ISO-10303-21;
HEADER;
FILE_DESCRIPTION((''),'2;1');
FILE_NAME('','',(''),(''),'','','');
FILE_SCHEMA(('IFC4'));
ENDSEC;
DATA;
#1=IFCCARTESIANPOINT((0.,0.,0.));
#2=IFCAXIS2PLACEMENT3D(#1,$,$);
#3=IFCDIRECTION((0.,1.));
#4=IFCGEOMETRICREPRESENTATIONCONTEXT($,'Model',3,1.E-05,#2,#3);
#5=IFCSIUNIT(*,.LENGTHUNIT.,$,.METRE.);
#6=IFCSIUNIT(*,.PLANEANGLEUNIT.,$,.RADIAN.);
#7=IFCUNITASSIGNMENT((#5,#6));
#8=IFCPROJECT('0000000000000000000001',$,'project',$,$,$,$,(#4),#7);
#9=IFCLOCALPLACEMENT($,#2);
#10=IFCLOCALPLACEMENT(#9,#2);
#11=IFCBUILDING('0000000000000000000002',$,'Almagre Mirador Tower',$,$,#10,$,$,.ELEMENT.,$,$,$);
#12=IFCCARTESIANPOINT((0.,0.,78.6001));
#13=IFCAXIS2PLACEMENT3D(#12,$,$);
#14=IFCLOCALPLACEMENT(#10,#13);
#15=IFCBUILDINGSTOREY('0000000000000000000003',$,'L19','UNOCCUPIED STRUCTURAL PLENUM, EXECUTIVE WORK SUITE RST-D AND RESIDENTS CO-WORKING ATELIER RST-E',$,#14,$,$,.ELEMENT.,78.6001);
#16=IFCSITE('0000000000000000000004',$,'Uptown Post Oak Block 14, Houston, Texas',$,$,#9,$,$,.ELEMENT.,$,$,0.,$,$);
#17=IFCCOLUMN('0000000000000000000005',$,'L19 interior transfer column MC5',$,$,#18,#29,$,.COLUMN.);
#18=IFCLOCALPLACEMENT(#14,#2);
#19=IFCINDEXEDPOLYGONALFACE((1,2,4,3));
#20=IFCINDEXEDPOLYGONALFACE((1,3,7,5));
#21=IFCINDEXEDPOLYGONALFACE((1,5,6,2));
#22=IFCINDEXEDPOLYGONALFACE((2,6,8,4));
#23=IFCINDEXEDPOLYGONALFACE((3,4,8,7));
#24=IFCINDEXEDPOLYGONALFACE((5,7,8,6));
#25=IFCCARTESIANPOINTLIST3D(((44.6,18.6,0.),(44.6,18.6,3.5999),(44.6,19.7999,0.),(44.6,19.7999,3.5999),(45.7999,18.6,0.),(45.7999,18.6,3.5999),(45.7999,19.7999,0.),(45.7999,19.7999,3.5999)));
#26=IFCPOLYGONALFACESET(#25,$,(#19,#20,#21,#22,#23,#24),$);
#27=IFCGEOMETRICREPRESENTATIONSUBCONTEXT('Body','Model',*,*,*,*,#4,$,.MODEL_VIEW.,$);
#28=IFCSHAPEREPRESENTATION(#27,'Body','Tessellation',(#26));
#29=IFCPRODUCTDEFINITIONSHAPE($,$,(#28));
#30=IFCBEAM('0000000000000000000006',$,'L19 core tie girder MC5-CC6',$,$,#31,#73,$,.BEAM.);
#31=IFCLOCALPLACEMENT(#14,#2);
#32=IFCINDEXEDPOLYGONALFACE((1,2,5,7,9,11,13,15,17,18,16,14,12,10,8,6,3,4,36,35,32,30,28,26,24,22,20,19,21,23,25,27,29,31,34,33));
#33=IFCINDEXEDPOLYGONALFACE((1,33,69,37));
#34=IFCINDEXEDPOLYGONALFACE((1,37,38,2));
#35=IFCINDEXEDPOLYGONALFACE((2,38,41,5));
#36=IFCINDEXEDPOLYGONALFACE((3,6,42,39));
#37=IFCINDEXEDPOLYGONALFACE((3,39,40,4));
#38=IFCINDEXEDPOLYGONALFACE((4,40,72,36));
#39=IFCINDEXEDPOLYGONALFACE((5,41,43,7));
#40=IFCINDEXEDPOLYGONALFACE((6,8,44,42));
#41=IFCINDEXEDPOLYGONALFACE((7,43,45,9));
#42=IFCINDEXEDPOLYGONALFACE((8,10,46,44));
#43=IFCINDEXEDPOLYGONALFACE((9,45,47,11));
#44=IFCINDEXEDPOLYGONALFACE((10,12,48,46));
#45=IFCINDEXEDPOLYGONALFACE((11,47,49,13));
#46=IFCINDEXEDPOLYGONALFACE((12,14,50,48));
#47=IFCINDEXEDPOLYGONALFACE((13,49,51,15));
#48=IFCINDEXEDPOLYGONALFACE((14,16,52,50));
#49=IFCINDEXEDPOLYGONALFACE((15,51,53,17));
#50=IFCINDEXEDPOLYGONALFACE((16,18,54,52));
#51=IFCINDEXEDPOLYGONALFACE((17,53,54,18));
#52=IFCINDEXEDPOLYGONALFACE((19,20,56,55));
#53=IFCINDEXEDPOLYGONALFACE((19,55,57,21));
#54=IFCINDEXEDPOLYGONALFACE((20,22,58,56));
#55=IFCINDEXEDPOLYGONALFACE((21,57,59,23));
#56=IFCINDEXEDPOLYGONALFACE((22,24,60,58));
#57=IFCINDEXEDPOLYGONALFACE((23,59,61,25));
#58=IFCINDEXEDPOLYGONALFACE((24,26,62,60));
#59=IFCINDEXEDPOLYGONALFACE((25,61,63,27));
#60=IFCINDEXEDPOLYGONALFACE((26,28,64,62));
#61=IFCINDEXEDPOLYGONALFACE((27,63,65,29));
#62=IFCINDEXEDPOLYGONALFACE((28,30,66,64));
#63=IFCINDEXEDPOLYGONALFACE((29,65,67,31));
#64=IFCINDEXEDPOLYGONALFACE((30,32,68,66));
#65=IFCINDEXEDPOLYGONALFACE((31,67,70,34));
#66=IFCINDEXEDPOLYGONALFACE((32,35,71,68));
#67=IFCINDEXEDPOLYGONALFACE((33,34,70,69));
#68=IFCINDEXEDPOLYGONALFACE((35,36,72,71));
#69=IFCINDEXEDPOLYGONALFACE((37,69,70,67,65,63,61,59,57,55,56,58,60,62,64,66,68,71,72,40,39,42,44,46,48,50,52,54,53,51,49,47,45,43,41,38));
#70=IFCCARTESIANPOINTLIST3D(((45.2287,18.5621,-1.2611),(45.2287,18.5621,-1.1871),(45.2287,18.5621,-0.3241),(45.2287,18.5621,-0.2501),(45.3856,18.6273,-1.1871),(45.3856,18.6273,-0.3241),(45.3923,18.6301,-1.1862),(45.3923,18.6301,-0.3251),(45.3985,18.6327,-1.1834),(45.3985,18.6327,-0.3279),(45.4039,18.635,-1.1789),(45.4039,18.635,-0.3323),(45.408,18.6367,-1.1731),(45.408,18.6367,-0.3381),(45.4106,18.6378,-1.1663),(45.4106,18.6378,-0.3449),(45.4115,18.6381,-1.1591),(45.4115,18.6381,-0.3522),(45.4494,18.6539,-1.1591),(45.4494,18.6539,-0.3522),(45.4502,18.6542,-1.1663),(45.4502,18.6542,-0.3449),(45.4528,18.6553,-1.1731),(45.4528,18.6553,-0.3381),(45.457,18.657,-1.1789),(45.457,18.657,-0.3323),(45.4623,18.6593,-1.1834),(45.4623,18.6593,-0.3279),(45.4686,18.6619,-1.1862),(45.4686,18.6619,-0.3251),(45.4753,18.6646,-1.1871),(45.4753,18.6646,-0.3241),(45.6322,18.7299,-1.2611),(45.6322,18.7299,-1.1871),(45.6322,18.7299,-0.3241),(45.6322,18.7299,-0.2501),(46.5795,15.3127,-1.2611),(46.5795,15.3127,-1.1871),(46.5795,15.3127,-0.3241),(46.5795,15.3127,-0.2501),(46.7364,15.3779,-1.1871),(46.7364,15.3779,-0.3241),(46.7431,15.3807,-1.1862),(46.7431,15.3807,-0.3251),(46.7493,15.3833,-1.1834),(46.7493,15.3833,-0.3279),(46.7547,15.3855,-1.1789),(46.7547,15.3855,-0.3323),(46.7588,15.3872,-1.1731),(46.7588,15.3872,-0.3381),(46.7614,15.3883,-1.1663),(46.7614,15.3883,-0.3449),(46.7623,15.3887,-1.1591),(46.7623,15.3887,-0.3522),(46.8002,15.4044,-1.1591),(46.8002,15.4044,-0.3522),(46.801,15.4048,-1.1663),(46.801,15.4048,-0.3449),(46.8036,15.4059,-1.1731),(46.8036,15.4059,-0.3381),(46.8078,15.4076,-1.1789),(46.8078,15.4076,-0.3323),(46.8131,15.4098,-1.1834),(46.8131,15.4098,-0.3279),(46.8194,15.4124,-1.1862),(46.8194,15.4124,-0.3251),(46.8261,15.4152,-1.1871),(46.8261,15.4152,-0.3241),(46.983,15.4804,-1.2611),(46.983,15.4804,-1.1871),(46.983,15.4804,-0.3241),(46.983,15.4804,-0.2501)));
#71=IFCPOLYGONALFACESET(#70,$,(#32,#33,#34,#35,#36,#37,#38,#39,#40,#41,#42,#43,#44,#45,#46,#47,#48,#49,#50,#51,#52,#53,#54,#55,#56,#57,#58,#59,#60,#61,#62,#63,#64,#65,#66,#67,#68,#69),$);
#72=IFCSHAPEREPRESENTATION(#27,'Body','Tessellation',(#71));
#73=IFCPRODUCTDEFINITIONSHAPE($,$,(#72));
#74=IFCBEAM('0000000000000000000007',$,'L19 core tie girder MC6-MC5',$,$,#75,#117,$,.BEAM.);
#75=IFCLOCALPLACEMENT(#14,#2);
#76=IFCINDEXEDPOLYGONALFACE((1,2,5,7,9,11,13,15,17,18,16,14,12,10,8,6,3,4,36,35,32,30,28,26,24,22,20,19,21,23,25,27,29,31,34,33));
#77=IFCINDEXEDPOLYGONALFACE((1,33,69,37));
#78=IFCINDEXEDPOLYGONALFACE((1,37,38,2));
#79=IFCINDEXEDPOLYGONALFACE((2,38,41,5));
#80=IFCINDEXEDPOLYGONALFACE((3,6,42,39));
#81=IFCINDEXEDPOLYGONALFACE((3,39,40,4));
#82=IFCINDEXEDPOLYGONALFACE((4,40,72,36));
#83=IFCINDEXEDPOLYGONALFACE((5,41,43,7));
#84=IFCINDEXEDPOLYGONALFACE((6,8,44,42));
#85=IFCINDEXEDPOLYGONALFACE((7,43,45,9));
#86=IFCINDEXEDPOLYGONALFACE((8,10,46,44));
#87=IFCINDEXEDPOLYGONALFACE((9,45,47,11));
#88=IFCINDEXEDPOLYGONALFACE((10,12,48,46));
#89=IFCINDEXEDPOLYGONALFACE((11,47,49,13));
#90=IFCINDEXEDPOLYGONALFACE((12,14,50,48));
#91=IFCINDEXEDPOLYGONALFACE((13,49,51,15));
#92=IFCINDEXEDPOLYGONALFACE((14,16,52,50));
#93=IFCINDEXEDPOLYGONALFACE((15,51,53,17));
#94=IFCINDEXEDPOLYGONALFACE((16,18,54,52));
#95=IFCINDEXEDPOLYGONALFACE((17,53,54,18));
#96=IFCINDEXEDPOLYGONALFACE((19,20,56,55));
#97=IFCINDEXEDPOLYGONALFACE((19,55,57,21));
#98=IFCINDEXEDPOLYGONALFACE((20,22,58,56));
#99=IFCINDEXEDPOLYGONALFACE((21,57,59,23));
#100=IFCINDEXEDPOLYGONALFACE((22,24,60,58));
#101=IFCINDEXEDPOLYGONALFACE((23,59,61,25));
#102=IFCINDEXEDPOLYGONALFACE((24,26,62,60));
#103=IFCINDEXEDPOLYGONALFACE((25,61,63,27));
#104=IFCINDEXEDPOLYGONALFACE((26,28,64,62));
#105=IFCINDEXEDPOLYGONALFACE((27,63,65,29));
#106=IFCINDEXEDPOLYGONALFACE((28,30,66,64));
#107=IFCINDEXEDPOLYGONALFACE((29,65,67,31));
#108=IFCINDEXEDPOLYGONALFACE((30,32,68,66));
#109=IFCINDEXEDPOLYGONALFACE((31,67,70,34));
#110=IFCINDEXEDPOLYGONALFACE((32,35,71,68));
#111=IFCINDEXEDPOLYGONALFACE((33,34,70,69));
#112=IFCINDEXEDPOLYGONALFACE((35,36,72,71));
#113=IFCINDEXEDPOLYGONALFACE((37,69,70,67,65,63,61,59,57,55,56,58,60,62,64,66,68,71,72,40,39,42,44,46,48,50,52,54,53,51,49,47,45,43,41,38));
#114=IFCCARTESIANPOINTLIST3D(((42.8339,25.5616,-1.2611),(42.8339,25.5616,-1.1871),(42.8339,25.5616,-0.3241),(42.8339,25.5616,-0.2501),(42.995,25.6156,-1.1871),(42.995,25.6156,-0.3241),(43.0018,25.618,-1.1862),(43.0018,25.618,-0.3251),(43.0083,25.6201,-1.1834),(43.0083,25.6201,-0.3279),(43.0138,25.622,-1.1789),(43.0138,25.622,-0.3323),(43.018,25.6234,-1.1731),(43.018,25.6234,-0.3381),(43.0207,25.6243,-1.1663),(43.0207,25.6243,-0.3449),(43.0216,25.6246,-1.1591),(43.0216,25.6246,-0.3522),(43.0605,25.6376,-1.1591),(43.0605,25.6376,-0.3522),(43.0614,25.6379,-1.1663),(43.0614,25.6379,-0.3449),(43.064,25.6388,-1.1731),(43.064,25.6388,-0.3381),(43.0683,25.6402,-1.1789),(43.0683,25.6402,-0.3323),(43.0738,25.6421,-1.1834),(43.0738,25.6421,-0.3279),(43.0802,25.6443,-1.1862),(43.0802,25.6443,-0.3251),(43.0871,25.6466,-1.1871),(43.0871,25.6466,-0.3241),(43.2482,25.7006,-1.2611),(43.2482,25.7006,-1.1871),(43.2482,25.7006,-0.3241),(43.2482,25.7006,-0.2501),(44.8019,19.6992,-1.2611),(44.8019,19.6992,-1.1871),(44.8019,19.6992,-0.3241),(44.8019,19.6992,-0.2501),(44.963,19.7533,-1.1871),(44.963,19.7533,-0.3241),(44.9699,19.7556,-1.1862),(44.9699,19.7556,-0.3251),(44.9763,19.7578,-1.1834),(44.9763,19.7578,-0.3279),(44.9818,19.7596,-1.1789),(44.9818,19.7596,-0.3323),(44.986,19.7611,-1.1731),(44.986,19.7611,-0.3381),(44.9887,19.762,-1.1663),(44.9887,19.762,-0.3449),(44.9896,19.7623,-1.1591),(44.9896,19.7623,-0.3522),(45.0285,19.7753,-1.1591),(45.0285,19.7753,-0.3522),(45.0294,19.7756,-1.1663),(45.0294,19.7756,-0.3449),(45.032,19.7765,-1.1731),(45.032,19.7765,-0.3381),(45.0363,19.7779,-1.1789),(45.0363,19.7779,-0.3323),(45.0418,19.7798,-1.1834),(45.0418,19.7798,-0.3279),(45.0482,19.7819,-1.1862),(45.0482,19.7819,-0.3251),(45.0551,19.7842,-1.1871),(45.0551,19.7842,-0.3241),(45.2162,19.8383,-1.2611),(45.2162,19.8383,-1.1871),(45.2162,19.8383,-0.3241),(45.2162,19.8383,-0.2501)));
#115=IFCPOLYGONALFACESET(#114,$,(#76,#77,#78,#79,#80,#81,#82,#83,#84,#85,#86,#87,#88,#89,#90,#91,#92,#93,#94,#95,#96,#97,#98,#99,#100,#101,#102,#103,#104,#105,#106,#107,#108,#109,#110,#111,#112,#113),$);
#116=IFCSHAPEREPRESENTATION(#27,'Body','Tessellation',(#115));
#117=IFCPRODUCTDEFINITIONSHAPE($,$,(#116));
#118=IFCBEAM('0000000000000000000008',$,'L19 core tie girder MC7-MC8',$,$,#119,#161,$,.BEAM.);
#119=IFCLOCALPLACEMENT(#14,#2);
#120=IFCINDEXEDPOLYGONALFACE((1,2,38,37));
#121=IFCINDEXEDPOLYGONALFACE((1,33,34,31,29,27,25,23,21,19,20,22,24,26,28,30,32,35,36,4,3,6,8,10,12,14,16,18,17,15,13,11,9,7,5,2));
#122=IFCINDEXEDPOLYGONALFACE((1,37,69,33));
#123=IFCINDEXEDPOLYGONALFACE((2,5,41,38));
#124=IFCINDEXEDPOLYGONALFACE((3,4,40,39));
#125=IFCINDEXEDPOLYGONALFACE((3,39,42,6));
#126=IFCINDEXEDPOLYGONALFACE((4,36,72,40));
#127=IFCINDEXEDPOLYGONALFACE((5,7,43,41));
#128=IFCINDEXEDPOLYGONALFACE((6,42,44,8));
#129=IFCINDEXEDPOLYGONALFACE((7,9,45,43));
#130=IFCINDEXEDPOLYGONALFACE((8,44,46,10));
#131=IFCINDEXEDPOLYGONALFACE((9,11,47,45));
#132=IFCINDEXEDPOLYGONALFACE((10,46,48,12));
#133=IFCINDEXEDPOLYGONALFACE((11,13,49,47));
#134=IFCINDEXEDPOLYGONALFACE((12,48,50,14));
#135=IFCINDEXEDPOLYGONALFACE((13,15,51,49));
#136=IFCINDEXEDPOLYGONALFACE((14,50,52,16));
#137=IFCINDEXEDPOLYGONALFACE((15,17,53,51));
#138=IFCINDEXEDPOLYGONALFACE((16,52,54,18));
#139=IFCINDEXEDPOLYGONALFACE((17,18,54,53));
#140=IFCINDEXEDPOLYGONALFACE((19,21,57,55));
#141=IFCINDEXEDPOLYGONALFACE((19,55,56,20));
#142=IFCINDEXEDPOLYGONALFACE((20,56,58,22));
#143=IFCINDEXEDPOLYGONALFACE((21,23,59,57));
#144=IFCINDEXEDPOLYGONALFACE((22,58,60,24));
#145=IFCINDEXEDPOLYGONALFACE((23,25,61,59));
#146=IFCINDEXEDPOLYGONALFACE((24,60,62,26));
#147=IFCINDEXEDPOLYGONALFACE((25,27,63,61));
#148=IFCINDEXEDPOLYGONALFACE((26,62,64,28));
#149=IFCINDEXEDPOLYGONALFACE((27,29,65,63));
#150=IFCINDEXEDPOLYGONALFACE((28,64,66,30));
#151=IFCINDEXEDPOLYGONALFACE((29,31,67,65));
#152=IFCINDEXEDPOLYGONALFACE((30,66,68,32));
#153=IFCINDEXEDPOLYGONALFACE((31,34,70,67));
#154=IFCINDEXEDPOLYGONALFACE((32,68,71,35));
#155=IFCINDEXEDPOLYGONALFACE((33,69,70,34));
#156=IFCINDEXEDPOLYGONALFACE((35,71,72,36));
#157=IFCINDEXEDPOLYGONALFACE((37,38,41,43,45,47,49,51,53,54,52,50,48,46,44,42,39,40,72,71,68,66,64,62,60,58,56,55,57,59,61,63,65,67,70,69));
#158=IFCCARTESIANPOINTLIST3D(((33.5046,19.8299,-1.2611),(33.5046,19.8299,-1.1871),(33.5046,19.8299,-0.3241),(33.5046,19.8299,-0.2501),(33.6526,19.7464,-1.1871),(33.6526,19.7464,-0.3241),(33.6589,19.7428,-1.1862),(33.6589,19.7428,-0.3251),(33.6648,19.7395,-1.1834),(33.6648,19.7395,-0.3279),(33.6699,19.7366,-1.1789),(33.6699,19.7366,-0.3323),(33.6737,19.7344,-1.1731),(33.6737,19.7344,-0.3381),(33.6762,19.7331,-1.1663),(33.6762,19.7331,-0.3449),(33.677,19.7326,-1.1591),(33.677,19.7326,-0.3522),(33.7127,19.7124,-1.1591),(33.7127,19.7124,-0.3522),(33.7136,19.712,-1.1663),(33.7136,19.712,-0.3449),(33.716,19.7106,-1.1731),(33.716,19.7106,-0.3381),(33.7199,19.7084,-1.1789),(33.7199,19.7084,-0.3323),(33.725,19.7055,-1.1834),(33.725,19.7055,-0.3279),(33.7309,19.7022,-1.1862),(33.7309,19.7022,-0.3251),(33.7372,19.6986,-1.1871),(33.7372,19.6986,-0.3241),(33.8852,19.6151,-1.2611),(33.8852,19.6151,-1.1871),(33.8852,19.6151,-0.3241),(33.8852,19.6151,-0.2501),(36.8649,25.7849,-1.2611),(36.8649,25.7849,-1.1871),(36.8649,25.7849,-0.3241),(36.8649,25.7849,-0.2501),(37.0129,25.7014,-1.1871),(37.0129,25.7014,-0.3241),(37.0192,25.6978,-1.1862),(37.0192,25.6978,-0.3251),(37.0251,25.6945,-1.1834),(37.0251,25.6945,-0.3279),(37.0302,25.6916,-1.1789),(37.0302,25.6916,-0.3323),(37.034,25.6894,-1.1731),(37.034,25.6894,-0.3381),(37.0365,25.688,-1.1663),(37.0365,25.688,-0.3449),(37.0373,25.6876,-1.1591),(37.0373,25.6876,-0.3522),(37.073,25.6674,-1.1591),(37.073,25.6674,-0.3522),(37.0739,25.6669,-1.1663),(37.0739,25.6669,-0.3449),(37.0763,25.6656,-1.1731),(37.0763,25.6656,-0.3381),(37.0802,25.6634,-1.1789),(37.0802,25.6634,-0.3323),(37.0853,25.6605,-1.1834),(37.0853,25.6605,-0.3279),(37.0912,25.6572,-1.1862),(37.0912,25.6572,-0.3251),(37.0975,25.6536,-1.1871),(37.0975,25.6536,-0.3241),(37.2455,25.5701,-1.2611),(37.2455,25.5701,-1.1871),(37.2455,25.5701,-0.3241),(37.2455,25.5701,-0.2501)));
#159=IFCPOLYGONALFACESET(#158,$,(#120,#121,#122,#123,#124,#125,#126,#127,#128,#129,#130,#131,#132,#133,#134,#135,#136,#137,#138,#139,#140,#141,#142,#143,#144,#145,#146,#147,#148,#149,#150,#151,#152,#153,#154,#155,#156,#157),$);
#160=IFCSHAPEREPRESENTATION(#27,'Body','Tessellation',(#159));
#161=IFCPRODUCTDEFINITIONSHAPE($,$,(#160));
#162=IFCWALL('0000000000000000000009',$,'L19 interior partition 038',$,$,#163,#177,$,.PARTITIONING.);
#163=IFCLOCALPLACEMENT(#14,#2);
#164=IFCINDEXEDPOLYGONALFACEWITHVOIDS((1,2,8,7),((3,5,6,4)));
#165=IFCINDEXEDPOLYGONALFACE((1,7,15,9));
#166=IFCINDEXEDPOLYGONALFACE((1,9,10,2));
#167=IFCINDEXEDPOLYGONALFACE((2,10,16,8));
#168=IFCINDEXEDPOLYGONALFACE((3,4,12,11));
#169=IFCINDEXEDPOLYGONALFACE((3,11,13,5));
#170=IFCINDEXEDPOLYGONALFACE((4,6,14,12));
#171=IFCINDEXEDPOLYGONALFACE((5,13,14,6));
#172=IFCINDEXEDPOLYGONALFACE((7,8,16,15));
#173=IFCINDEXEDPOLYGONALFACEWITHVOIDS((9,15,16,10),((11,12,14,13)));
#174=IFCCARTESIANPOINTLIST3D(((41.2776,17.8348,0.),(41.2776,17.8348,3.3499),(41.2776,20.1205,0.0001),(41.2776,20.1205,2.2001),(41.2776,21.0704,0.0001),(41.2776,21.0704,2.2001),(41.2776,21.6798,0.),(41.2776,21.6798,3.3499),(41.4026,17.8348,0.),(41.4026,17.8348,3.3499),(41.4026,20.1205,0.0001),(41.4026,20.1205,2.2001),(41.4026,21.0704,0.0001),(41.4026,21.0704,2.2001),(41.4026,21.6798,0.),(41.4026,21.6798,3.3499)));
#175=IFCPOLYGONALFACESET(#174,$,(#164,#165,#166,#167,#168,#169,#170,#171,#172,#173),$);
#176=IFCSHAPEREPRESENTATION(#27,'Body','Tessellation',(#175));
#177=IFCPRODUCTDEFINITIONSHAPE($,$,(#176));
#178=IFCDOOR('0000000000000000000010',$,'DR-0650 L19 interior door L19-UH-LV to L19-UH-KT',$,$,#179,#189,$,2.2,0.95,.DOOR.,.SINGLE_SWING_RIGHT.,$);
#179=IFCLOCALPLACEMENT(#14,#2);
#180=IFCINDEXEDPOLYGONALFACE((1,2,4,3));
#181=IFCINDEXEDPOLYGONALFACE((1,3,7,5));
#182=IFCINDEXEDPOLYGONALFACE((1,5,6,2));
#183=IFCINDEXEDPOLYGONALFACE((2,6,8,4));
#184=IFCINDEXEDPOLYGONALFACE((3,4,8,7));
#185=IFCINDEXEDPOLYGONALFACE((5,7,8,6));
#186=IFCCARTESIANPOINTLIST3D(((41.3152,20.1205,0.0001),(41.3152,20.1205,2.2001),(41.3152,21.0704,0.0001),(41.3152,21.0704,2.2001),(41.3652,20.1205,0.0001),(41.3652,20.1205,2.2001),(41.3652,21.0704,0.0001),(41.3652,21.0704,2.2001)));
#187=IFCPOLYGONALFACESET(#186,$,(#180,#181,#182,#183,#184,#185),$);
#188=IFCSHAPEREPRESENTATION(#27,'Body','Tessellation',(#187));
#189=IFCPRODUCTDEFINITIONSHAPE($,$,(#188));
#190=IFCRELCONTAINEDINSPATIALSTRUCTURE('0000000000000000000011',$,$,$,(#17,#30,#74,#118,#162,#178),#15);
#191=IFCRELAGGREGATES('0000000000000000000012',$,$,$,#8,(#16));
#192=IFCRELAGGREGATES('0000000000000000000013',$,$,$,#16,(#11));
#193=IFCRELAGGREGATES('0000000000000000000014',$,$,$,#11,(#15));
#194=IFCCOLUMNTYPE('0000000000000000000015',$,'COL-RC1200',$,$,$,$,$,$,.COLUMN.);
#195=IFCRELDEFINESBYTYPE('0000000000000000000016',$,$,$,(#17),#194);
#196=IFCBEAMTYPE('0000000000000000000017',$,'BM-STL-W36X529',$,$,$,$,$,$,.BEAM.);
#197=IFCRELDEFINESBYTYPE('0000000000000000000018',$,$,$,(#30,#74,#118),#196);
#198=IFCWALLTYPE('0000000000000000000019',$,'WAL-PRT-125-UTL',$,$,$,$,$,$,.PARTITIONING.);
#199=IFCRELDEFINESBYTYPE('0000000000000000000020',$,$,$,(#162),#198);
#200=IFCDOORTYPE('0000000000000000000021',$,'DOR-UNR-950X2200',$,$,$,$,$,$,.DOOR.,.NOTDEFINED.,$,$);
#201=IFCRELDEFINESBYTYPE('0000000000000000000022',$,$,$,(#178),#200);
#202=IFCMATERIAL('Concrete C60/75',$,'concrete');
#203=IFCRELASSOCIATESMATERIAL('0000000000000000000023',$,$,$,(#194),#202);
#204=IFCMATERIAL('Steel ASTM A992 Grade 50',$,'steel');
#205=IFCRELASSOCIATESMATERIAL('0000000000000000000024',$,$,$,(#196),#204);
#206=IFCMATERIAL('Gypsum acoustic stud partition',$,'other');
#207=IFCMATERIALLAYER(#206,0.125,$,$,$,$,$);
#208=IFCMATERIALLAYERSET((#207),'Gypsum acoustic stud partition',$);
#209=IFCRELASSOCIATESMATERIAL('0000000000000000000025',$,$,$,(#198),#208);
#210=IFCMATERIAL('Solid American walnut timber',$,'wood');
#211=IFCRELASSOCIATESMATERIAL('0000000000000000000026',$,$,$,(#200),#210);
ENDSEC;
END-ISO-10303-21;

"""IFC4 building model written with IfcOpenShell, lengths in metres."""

from ifc_helpers import new_model, si_unit, direction, frame, frame_2d, origin, origin_2d, place, context, subcontext, project, spatial, rectangle, i_section, extrude, material, layer, layer_set, material_profile, profile_set, type_object, element, fill, save


model = new_model("IFC4")

# Units and contexts
model_context = context("Model", 3, precision=1e-05, world=origin(), true_north=direction((0.0, 1.0)))
body_context = subcontext(model_context, "Body", "Model", "MODEL_VIEW")
ifc_project = project(units=[si_unit("LENGTHUNIT", "METRE"), si_unit("PLANEANGLEUNIT", "RADIAN")], contexts=[model_context])

# Site, building, storey
site_placement = place(None, origin())
site = spatial("IfcSite", under=ifc_project, at=site_placement, Name="Uptown Post Oak Block 14, Houston, Texas", CompositionType="ELEMENT", RefElevation=0.0)
building_placement = place(site_placement, origin())
building = spatial("IfcBuilding", under=site, at=building_placement, Name="Almagre Mirador Tower", CompositionType="ELEMENT")
storey_placement = place(building_placement, frame((0.0, 0.0, 78.6001)))
storey = spatial("IfcBuildingStorey", under=building, at=storey_placement, Name="L19", Description="UNOCCUPIED STRUCTURAL PLENUM, EXECUTIVE WORK SUITE RST-D AND RESIDENTS CO-WORKING ATELIER RST-E", CompositionType="ELEMENT", Elevation=78.6001)

# Column
ifc_material_1 = material(Name="Concrete C60/75", Category="concrete")
ifc_material_profile_1 = material_profile(ifc_material_1, rectangle(XDim=1.2, YDim=1.2, at=origin_2d()), Name="RC1200X1200")
ifc_profile_set_1 = profile_set([ifc_material_profile_1], Name="Concrete C60/75")
column_type = type_object("IfcColumnType", Name="COL-RC1200", PredefinedType="COLUMN", material=ifc_profile_set_1)
column_placement = place(storey_placement, frame((45.2, 19.2, 0.0), z_axis=(0.0, 0.0, 1.0), x_axis=(1.0, 0.0, 0.0)))
element("IfcColumn", 1, at=column_placement, inside=storey, type_object=column_type, Name="L19 interior transfer column MC5", PredefinedType="COLUMN", context=body_context, shape_type="SweptSolid", body=[
    extrude(rectangle(XDim=1.2, YDim=1.2, at=origin_2d()), origin(), (0.0, 0.0, 1.0), 3.5999),
])

# Beams
ifc_material_2 = material(Name="Steel ASTM A992 Grade 50", Category="steel")
ifc_material_profile_2 = material_profile(ifc_material_2, i_section(OverallWidth=0.437, OverallDepth=1.011, WebThickness=0.041, FlangeThickness=0.074, FilletRadius=0.0281, at=origin_2d()), Name="W36X529")
ifc_profile_set_2 = profile_set([ifc_material_profile_2], Name="Steel ASTM A992 Grade 50")
beam_type = type_object("IfcBeamType", Name="BM-STL-W36X529", PredefinedType="BEAM", material=ifc_profile_set_2)
beam_1_placement = place(storey_placement, frame((45.4304, 18.646, -0.7556), z_axis=(0.383857, -0.923393, 0.0), x_axis=(0.923393, 0.383857, 0.0)))
element("IfcBeam", 2, at=beam_1_placement, inside=storey, type_object=beam_type, Name="L19 core tie girder MC5-CC6", PredefinedType="BEAM", context=body_context, shape_type="SweptSolid", body=[
    extrude(i_section(OverallWidth=0.437, OverallDepth=1.011, WebThickness=0.041, FlangeThickness=0.074, FilletRadius=0.0281, at=origin_2d()), origin(), (0.0, 0.0, 1.0), 3.519),
])
beam_2_placement = place(storey_placement, frame((43.041, 25.6311, -0.7556), z_axis=(0.318252, -0.948006, 0.0), x_axis=(0.948006, 0.318252, 0.0)))
element("IfcBeam", 3, at=beam_2_placement, inside=storey, type_object=beam_type, Name="L19 core tie girder MC6-MC5", PredefinedType="BEAM", context=body_context, shape_type="SweptSolid", body=[
    extrude(i_section(OverallWidth=0.437, OverallDepth=1.011, WebThickness=0.041, FlangeThickness=0.074, FilletRadius=0.0281, at=origin_2d()), origin(), (0.0, 0.0, 1.0), 6.1838),
])
beam_3_placement = place(storey_placement, frame((37.0552, 25.6775, -0.7556), z_axis=(-0.491441, -0.870911, 0.0), x_axis=(0.870911, -0.491441, 0.0)))
element("IfcBeam", 4, at=beam_3_placement, inside=storey, type_object=beam_type, Name="L19 core tie girder MC7-MC8", PredefinedType="BEAM", context=body_context, shape_type="SweptSolid", body=[
    extrude(i_section(OverallWidth=0.437, OverallDepth=1.011, WebThickness=0.041, FlangeThickness=0.074, FilletRadius=0.0281, at=origin_2d()), origin(), (0.0, 0.0, 1.0), 6.8376),
])

# Wall, opening, door
ifc_material_3 = material(Name="Gypsum acoustic stud partition", Category="other")
ifc_layer_1 = layer(ifc_material_3, 0.125)
ifc_layer_set_1 = layer_set([ifc_layer_1], Name="Gypsum acoustic stud partition")
wall_type_1 = type_object("IfcWallType", Name="WAL-PRT-125-UTL", PredefinedType="PARTITIONING", material=ifc_layer_set_1)
wall_1_placement = place(storey_placement, frame((41.3401, 17.835, 0.0), z_axis=(0.0, 0.0, 1.0), x_axis=(0.0, 1.0, 0.0)))
wall_1 = element("IfcWall", 5, at=wall_1_placement, inside=storey, type_object=wall_type_1, Name="L19 interior partition 038", PredefinedType="PARTITIONING", context=body_context, shape_type="SweptSolid", body=[
    extrude(rectangle(XDim=3.845, YDim=0.125, at=frame_2d((1.9224, 0.0))), origin(), (0.0, 0.0, 1.0), 3.3499),
])
opening_1_placement = place(wall_1_placement, frame((2.2854, 0.0, 0.0)))
opening_1 = element("IfcOpeningElement", 6, at=opening_1_placement, cuts=wall_1, PredefinedType="OPENING", context=body_context, shape_type="SweptSolid", body=[
    extrude(rectangle(XDim=0.95, YDim=2.2, at=frame_2d((0.4751, 1.1001))), frame((0.0, 0.0725, 0.0), z_axis=(0.0, -1.0, 0.0), x_axis=(1.0, 0.0, 0.0)), (0.0, 0.0, 1.0), 0.145),
])
ifc_material_4 = material(Name="Solid American walnut timber", Category="wood")
door_type_1 = type_object("IfcDoorType", Name="DOR-UNR-950X2200", OperationType="NOTDEFINED", PredefinedType="DOOR", material=ifc_material_4)
door_1_placement = place(opening_1_placement, origin())
door_1 = element("IfcDoor", 7, at=door_1_placement, inside=storey, type_object=door_type_1, Name="DR-0650 L19 interior door L19-UH-LV to L19-UH-KT", OperationType="SINGLE_SWING_RIGHT", OverallHeight=2.2, OverallWidth=0.95, PredefinedType="DOOR", context=body_context, shape_type="SweptSolid", body=[
    extrude(rectangle(XDim=0.95, YDim=2.2, at=frame_2d((0.4751, 1.1001))), frame((0.0, 0.0249, 0.0), z_axis=(0.0, -1.0, 0.0), x_axis=(1.0, 0.0, 0.0)), (0.0, 0.0, 1.0), 0.05),
])
fill(opening_1, door_1)

save(model, "model.ifc")
